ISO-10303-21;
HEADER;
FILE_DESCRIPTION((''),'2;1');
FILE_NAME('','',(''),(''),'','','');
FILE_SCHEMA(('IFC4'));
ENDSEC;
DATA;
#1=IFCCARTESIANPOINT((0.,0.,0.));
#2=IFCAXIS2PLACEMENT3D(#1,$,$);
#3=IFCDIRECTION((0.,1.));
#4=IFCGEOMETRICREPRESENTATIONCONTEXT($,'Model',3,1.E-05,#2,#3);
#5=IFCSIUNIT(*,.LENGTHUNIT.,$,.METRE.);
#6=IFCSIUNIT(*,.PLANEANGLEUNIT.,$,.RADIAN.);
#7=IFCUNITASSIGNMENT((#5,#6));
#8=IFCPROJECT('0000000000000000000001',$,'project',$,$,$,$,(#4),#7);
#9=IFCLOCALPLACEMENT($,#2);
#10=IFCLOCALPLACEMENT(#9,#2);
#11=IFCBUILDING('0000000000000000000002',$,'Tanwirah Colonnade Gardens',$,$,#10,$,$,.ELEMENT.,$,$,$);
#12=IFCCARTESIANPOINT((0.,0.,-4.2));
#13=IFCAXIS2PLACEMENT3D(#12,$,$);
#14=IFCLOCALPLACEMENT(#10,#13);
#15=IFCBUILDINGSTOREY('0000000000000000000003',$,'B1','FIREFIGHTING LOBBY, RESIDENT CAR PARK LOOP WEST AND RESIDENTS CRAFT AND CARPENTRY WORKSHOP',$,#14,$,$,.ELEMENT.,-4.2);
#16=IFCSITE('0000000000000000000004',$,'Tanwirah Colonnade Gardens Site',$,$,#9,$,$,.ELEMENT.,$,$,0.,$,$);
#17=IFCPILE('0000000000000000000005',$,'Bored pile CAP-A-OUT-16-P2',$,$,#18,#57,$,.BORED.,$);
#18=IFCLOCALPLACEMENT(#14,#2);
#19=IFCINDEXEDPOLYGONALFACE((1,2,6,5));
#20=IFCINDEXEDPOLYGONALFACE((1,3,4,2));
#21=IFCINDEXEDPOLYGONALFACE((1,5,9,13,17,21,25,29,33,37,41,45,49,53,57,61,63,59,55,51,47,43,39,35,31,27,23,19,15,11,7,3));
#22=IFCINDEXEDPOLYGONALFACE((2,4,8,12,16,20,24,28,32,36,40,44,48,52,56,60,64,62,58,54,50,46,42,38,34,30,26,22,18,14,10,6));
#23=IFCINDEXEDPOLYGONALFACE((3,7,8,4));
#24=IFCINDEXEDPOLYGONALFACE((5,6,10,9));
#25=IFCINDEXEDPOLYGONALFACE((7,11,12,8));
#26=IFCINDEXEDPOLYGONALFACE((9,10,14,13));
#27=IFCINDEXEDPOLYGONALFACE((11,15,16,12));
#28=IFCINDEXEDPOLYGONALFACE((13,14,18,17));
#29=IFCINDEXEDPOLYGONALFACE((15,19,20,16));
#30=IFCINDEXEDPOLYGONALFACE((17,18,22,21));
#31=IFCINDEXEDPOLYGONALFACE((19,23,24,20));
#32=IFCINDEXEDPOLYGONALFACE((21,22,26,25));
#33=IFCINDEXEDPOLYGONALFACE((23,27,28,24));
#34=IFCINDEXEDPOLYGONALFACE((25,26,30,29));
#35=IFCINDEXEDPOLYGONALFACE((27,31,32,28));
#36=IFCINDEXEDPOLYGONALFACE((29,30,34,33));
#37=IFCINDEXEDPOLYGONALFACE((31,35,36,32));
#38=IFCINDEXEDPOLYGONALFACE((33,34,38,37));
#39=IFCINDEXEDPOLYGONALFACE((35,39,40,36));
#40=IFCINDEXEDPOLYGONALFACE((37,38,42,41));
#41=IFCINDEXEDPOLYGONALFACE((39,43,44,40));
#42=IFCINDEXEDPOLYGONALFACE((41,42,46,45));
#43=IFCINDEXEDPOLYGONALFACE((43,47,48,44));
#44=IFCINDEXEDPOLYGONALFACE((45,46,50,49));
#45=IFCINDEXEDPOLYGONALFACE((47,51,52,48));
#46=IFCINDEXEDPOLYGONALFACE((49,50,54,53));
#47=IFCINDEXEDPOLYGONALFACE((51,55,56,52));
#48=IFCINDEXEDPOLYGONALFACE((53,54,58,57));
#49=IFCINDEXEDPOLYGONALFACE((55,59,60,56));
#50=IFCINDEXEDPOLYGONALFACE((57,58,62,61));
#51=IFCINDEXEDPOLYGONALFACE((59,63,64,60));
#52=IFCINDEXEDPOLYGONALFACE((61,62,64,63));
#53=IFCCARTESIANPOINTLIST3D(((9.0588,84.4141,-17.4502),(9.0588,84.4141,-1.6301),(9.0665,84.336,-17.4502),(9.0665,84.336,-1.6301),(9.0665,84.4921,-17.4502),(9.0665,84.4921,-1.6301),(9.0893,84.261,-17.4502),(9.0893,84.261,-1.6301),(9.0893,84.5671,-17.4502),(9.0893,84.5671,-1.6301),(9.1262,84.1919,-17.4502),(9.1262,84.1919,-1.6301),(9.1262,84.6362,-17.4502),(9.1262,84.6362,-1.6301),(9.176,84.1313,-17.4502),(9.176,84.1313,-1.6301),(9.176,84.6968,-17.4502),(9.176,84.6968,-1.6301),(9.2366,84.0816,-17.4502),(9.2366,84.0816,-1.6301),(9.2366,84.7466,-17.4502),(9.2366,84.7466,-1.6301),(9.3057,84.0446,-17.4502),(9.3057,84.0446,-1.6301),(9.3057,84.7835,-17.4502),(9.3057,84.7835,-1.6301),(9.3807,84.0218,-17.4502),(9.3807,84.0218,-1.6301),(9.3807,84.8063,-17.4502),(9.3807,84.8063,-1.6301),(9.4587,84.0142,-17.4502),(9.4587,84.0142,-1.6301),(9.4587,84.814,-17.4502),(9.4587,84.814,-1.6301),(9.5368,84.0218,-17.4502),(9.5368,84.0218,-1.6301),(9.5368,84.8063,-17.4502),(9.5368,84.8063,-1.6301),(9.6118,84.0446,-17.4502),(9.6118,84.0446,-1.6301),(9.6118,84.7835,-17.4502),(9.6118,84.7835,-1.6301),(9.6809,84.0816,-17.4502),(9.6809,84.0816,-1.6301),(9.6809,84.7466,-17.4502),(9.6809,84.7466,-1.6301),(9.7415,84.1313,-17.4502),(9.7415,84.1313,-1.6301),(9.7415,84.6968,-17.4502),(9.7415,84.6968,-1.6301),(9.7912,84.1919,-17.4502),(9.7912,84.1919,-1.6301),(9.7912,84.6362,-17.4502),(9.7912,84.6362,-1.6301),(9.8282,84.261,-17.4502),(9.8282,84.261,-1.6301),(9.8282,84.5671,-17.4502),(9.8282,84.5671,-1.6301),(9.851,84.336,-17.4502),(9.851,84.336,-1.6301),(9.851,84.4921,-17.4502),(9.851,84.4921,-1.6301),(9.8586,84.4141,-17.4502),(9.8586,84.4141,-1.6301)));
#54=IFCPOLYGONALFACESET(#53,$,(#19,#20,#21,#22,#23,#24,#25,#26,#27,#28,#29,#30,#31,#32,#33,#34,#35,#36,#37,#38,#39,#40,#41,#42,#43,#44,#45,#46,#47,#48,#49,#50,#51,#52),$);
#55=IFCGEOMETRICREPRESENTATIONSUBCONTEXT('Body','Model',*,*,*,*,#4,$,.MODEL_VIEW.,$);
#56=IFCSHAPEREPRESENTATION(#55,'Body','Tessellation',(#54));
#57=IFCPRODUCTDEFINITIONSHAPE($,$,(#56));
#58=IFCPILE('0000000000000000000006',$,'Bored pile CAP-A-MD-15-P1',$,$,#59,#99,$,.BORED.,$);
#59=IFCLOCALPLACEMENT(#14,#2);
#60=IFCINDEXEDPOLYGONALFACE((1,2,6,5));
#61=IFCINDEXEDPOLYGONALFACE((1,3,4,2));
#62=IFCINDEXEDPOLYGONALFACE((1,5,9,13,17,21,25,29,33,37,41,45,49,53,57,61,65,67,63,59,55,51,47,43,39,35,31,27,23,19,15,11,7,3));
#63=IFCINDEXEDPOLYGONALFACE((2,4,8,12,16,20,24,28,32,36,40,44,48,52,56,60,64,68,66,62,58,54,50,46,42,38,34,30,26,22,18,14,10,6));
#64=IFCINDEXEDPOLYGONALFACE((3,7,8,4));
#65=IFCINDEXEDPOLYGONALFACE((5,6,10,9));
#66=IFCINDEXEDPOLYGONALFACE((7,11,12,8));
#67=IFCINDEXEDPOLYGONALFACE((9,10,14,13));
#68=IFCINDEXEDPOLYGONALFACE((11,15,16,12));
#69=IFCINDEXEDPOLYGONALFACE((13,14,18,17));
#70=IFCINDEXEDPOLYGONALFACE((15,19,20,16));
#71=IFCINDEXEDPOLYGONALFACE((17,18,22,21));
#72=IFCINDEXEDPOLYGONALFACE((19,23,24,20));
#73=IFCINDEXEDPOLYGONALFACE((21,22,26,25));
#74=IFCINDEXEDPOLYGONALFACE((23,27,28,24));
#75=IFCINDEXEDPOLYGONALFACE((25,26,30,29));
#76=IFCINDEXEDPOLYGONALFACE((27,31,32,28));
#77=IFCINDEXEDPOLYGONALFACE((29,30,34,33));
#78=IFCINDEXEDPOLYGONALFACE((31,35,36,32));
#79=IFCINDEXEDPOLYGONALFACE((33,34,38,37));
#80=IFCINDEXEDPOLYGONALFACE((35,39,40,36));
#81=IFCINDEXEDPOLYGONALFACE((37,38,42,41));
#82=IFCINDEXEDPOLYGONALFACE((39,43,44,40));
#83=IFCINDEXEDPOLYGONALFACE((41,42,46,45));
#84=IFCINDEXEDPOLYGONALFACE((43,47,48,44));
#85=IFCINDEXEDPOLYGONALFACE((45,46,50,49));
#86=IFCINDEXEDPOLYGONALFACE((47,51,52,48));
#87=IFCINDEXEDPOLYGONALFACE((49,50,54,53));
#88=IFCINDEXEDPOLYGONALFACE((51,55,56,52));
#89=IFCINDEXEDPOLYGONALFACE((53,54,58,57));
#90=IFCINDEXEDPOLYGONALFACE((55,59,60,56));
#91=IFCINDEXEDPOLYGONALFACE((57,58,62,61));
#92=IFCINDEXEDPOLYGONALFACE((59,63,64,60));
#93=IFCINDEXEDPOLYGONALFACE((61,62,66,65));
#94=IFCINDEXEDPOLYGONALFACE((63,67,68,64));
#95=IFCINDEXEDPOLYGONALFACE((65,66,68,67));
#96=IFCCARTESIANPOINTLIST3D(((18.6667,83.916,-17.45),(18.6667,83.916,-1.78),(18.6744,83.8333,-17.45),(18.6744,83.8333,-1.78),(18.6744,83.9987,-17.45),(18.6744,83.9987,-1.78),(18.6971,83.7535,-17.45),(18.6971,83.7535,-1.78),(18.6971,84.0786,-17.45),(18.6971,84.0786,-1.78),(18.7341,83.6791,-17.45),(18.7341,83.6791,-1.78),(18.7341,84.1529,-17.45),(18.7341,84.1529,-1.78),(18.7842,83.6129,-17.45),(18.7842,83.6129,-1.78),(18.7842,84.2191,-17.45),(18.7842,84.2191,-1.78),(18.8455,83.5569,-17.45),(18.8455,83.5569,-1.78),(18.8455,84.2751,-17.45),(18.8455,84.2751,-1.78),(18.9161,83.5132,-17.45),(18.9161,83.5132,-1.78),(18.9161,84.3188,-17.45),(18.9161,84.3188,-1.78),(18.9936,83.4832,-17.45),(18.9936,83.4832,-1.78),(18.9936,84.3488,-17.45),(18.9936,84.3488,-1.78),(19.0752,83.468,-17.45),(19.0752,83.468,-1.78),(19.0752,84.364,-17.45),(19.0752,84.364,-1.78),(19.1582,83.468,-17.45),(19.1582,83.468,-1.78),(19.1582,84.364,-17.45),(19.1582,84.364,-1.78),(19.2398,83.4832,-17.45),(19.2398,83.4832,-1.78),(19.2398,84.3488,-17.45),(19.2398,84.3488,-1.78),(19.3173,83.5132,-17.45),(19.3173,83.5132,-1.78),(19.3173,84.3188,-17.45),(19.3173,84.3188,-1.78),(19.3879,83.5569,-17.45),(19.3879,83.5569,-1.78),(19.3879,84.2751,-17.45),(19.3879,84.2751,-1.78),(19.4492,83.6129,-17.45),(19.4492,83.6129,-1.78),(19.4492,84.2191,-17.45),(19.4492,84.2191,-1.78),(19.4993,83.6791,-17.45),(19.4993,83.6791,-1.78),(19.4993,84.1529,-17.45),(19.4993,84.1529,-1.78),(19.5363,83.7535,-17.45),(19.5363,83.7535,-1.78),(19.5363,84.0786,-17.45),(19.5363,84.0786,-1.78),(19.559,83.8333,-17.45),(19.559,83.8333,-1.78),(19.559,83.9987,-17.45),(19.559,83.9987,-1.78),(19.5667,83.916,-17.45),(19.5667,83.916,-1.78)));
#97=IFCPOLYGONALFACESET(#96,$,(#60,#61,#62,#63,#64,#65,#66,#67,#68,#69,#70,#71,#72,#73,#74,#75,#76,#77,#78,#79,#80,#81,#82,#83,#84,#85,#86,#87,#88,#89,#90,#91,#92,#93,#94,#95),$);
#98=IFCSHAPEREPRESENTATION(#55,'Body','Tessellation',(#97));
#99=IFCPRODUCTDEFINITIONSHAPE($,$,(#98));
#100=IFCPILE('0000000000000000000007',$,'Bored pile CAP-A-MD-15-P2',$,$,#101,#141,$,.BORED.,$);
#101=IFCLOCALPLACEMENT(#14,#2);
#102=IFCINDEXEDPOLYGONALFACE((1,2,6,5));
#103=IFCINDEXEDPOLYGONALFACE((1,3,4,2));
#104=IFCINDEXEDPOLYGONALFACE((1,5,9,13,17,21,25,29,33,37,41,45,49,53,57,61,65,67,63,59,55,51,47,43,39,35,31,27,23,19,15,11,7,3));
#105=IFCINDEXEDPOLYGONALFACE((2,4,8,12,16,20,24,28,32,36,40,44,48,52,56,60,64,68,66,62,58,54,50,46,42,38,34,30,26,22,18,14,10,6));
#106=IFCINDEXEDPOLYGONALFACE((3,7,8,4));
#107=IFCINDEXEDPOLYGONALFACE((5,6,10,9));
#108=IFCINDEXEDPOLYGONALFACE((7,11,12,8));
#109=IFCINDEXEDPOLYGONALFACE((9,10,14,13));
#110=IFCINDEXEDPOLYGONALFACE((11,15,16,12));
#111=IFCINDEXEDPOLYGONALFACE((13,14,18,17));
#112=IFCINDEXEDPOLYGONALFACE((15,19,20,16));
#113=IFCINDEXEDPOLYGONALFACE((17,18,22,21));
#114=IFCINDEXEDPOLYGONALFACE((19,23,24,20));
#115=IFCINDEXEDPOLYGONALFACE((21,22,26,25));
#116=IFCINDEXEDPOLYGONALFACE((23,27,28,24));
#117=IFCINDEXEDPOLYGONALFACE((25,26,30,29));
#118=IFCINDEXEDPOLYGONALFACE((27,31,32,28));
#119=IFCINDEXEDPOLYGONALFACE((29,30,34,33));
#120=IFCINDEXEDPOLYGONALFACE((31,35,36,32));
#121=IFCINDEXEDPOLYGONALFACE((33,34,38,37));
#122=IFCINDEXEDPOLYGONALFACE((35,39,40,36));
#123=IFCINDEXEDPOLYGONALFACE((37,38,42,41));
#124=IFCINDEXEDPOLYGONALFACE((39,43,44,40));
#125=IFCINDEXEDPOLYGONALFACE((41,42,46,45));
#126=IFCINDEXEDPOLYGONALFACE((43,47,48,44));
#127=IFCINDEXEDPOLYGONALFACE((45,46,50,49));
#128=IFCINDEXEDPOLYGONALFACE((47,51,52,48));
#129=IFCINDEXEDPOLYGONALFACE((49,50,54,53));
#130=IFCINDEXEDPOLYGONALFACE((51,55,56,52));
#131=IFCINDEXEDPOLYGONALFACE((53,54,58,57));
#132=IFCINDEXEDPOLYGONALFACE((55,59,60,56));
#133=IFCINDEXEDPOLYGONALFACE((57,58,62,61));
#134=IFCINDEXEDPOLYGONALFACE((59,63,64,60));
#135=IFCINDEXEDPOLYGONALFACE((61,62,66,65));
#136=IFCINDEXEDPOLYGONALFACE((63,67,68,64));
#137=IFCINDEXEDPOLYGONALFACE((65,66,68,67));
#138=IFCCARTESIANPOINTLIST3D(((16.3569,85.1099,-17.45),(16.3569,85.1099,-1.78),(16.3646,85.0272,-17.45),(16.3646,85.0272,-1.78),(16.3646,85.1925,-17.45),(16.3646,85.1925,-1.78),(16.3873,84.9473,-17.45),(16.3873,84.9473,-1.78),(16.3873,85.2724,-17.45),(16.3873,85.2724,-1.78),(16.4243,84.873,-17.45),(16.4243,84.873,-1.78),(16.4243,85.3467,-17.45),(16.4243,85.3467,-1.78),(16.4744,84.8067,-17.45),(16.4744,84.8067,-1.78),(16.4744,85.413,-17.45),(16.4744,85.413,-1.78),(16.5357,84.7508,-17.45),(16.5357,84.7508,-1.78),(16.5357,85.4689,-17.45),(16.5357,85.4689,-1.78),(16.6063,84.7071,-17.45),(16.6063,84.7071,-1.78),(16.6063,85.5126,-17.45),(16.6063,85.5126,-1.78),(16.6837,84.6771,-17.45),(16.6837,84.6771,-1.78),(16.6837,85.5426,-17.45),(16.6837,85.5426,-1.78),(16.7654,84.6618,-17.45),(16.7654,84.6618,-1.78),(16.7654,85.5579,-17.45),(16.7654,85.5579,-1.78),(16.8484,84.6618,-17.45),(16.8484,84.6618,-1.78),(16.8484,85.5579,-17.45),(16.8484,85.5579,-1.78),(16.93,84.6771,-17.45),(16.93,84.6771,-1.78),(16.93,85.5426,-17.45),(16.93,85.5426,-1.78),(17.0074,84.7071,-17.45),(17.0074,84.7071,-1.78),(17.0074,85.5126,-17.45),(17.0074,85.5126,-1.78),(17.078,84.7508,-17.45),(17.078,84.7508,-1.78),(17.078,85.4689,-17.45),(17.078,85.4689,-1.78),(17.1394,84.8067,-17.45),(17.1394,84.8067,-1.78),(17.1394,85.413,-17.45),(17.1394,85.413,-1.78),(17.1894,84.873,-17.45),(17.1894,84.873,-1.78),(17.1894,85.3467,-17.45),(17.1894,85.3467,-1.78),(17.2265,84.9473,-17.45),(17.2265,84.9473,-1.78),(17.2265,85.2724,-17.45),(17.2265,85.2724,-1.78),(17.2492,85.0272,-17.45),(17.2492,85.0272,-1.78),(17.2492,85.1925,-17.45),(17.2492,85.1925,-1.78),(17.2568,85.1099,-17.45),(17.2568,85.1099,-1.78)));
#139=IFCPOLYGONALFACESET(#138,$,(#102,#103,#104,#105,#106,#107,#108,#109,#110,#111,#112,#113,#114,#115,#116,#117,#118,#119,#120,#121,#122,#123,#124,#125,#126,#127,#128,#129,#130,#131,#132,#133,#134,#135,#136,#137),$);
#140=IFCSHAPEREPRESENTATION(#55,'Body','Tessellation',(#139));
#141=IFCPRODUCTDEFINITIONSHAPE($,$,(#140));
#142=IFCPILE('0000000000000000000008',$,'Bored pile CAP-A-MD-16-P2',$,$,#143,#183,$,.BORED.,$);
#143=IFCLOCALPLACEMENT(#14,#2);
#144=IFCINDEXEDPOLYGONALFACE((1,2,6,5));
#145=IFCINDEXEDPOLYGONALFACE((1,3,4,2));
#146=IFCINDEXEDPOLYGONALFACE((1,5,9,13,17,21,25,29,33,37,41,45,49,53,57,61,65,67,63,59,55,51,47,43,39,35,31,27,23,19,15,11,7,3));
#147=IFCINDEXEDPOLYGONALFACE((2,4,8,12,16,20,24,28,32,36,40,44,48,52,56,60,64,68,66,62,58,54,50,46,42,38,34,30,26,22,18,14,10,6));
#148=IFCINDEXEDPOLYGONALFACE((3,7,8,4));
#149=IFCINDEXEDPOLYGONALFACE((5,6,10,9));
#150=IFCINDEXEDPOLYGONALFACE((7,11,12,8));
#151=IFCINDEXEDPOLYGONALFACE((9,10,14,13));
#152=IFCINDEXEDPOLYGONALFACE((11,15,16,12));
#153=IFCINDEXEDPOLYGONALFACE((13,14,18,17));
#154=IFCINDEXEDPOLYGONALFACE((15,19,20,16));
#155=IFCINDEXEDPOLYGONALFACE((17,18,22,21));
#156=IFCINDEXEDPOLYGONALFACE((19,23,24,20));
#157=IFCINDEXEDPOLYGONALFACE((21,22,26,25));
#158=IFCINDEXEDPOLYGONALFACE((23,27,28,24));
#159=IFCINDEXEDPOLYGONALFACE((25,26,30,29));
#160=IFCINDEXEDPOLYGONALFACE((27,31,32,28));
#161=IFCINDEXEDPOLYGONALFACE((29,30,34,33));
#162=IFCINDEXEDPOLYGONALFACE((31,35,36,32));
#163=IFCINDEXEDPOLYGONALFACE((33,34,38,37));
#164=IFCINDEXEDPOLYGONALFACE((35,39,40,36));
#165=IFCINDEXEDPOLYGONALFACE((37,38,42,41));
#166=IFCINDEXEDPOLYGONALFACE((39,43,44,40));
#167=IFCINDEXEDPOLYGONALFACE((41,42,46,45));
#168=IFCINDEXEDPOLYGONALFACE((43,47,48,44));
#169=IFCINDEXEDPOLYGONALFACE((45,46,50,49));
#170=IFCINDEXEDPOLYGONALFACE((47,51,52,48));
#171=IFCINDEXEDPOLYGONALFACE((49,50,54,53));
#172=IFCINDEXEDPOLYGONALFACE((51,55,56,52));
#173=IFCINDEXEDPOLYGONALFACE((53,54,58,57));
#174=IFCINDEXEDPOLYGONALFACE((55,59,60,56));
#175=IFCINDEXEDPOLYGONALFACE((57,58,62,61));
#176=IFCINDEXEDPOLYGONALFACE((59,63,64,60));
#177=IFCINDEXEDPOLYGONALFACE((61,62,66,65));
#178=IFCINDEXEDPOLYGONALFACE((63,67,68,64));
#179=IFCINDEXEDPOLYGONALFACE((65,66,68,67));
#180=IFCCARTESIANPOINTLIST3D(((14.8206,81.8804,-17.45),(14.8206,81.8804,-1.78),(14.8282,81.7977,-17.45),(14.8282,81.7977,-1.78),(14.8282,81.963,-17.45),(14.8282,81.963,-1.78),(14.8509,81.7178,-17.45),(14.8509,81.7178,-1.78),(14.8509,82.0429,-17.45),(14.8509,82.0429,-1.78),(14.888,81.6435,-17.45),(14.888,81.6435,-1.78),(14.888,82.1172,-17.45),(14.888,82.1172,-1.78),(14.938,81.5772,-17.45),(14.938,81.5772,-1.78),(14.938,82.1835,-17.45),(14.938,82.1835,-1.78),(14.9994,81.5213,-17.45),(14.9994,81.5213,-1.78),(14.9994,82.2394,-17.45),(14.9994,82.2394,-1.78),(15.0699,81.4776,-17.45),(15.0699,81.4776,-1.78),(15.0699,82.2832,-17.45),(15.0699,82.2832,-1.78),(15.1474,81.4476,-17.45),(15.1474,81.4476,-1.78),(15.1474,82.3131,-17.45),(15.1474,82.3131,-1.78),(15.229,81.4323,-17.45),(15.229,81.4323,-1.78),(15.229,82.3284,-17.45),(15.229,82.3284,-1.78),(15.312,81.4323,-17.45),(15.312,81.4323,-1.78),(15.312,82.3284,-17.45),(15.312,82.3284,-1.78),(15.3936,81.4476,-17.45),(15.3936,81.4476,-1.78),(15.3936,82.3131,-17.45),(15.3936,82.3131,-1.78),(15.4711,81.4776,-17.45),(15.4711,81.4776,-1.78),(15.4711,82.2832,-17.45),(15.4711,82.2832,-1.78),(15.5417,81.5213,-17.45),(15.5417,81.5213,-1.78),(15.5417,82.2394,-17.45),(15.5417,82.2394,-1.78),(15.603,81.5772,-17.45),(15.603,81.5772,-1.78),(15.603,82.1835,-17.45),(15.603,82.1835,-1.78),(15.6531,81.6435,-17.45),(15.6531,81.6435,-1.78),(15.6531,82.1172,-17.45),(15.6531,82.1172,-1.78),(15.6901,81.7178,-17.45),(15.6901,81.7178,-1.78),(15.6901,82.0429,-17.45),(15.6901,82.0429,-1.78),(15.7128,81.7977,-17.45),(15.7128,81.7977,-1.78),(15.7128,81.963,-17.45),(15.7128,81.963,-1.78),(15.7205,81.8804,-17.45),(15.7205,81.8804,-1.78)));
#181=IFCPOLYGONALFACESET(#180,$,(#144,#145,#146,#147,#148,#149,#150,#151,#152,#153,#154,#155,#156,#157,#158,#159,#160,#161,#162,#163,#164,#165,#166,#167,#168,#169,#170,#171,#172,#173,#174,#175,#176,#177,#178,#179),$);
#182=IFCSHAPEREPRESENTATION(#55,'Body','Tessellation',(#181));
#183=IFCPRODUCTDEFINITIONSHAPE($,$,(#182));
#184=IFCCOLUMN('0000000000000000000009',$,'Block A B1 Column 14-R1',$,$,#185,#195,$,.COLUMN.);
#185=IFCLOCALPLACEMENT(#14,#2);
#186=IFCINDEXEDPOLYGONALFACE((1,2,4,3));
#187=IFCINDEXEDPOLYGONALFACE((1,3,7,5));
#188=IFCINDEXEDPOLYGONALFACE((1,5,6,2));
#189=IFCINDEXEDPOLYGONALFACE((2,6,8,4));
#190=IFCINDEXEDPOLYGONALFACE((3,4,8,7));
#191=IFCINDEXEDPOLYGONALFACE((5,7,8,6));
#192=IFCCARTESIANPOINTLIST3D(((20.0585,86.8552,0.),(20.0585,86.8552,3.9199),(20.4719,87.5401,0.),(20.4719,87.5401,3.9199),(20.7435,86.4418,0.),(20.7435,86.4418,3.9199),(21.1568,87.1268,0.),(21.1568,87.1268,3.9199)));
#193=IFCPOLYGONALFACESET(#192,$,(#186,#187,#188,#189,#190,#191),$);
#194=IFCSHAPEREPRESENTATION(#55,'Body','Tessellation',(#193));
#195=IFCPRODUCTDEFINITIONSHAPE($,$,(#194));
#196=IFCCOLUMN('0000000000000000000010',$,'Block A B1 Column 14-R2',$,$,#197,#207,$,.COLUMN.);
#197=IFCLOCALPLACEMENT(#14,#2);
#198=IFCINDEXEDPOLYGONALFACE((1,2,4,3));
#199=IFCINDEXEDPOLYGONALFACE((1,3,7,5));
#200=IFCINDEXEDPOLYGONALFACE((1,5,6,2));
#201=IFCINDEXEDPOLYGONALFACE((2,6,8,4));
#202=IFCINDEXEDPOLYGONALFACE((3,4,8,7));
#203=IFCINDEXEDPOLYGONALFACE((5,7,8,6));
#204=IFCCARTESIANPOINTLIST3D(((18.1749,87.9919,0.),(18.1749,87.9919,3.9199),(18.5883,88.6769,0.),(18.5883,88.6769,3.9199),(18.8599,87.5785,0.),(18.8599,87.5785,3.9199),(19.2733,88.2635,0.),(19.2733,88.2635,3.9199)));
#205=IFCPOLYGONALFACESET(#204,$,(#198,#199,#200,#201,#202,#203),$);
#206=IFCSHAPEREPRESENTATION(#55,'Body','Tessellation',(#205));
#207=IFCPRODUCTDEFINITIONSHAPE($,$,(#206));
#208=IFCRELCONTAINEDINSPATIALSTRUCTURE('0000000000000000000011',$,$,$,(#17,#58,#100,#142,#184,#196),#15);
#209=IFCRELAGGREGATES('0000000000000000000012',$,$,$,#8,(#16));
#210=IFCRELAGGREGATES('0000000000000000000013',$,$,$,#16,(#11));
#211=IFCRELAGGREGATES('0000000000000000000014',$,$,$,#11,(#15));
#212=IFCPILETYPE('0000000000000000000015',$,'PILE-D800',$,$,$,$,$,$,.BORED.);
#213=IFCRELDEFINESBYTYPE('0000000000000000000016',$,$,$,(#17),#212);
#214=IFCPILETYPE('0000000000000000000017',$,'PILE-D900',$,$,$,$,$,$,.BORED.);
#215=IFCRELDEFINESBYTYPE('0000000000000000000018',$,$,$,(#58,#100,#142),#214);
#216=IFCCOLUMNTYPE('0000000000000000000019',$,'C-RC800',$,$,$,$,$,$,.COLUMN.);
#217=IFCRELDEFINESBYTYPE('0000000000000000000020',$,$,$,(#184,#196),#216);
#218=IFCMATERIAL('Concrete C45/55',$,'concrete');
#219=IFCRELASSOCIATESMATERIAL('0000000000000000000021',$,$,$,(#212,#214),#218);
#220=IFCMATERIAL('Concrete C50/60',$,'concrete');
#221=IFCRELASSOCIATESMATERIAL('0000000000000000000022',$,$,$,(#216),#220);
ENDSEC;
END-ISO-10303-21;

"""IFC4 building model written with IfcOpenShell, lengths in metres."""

from ifc_helpers import new_model, si_unit, direction, frame, origin, origin_2d, place, context, subcontext, project, spatial, rectangle, circle, extrude, material, material_profile, profile_set, type_object, element, save


model = new_model("IFC4")

# Units and contexts
model_context = context("Model", 3, precision=1e-05, world=origin(), true_north=direction((0.0, 1.0)))
body_context = subcontext(model_context, "Body", "Model", "MODEL_VIEW")
ifc_project = project(units=[si_unit("LENGTHUNIT", "METRE"), si_unit("PLANEANGLEUNIT", "RADIAN")], contexts=[model_context])

# Site, building, storey
site_placement = place(None, origin())
site = spatial("IfcSite", under=ifc_project, at=site_placement, Name="Tanwirah Colonnade Gardens Site", CompositionType="ELEMENT", RefElevation=0.0)
building_placement = place(site_placement, origin())
building = spatial("IfcBuilding", under=site, at=building_placement, Name="Tanwirah Colonnade Gardens", CompositionType="ELEMENT")
storey_placement = place(building_placement, frame((0.0, 0.0, -4.2)))
storey = spatial("IfcBuildingStorey", under=building, at=storey_placement, Name="B1", Description="FIREFIGHTING LOBBY, RESIDENT CAR PARK LOOP WEST AND RESIDENTS CRAFT AND CARPENTRY WORKSHOP", CompositionType="ELEMENT", Elevation=-4.2)

# Shared definitions
ifc_material_1 = material(Name="Concrete C45/55", Category="concrete")

# Piles
ifc_material_profile_1 = material_profile(ifc_material_1, circle(Radius=0.3999, at=origin_2d()), Name="PILE D800")
ifc_profile_set_1 = profile_set([ifc_material_profile_1], Name="Concrete C45/55")
pile_type_1 = type_object("IfcPileType", Name="PILE-D800", PredefinedType="BORED", material=ifc_profile_set_1)
for number, where, z_axis, x_axis, name in (
    (1, (9.4587, 84.4141, -1.6301), (0.0, 0.0, -1.0), (1.0, 0.0, 0.0), "Bored pile CAP-A-OUT-16-P2"),
):
    element("IfcPile", number, at=place(storey_placement, frame(where, z_axis=z_axis, x_axis=x_axis)), inside=storey, type_object=pile_type_1, Name=name, PredefinedType="BORED", context=body_context, shape_type="SweptSolid", body=[
        extrude(circle(Radius=0.3999, at=origin_2d()), origin(), (0.0, 0.0, 1.0), 15.8201),
    ])
ifc_material_profile_2 = material_profile(ifc_material_1, circle(Radius=0.45, at=origin_2d()), Name="PILE D900")
ifc_profile_set_2 = profile_set([ifc_material_profile_2], Name="Concrete C45/55")
pile_type_2 = type_object("IfcPileType", Name="PILE-D900", PredefinedType="BORED", material=ifc_profile_set_2)
for number, where, z_axis, x_axis, name in (
    (2, (19.1167, 83.916, -1.78), (0.0, 0.0, -1.0), (1.0, 0.0, 0.0), "Bored pile CAP-A-MD-15-P1"),
    (3, (16.8069, 85.1099, -1.78), (0.0, 0.0, -1.0), (1.0, 0.0, 0.0), "Bored pile CAP-A-MD-15-P2"),
    (4, (15.2705, 81.8804, -1.78), (0.0, 0.0, -1.0), (1.0, 0.0, 0.0), "Bored pile CAP-A-MD-16-P2"),
):
    element("IfcPile", number, at=place(storey_placement, frame(where, z_axis=z_axis, x_axis=x_axis)), inside=storey, type_object=pile_type_2, Name=name, PredefinedType="BORED", context=body_context, shape_type="SweptSolid", body=[
        extrude(circle(Radius=0.45, at=origin_2d()), origin(), (0.0, 0.0, 1.0), 15.6699),
    ])

# Columns
ifc_material_2 = material(Name="Concrete C50/60", Category="concrete")
ifc_material_profile_3 = material_profile(ifc_material_2, rectangle(XDim=0.8, YDim=0.8, at=origin_2d()), Name="RC-COL 800x800")
ifc_profile_set_3 = profile_set([ifc_material_profile_3], Name="Concrete C50/60")
column_type = type_object("IfcColumnType", Name="C-RC800", PredefinedType="COLUMN", material=ifc_profile_set_3)
for number, where, z_axis, x_axis, name in (
    (5, (20.6077, 86.991, 0.0), (0.0, 0.0, 1.0), (-0.856167, 0.516699, 0.0), "Block A B1 Column 14-R1"),
    (6, (18.7241, 88.1277, 0.0), (0.0, 0.0, 1.0), (-0.856167, 0.516699, 0.0), "Block A B1 Column 14-R2"),
):
    element("IfcColumn", number, at=place(storey_placement, frame(where, z_axis=z_axis, x_axis=x_axis)), inside=storey, type_object=column_type, Name=name, PredefinedType="COLUMN", context=body_context, shape_type="SweptSolid", body=[
        extrude(rectangle(XDim=0.8, YDim=0.8, at=origin_2d()), origin(), (0.0, 0.0, 1.0), 3.9199),
    ])

save(model, "model.ifc")
